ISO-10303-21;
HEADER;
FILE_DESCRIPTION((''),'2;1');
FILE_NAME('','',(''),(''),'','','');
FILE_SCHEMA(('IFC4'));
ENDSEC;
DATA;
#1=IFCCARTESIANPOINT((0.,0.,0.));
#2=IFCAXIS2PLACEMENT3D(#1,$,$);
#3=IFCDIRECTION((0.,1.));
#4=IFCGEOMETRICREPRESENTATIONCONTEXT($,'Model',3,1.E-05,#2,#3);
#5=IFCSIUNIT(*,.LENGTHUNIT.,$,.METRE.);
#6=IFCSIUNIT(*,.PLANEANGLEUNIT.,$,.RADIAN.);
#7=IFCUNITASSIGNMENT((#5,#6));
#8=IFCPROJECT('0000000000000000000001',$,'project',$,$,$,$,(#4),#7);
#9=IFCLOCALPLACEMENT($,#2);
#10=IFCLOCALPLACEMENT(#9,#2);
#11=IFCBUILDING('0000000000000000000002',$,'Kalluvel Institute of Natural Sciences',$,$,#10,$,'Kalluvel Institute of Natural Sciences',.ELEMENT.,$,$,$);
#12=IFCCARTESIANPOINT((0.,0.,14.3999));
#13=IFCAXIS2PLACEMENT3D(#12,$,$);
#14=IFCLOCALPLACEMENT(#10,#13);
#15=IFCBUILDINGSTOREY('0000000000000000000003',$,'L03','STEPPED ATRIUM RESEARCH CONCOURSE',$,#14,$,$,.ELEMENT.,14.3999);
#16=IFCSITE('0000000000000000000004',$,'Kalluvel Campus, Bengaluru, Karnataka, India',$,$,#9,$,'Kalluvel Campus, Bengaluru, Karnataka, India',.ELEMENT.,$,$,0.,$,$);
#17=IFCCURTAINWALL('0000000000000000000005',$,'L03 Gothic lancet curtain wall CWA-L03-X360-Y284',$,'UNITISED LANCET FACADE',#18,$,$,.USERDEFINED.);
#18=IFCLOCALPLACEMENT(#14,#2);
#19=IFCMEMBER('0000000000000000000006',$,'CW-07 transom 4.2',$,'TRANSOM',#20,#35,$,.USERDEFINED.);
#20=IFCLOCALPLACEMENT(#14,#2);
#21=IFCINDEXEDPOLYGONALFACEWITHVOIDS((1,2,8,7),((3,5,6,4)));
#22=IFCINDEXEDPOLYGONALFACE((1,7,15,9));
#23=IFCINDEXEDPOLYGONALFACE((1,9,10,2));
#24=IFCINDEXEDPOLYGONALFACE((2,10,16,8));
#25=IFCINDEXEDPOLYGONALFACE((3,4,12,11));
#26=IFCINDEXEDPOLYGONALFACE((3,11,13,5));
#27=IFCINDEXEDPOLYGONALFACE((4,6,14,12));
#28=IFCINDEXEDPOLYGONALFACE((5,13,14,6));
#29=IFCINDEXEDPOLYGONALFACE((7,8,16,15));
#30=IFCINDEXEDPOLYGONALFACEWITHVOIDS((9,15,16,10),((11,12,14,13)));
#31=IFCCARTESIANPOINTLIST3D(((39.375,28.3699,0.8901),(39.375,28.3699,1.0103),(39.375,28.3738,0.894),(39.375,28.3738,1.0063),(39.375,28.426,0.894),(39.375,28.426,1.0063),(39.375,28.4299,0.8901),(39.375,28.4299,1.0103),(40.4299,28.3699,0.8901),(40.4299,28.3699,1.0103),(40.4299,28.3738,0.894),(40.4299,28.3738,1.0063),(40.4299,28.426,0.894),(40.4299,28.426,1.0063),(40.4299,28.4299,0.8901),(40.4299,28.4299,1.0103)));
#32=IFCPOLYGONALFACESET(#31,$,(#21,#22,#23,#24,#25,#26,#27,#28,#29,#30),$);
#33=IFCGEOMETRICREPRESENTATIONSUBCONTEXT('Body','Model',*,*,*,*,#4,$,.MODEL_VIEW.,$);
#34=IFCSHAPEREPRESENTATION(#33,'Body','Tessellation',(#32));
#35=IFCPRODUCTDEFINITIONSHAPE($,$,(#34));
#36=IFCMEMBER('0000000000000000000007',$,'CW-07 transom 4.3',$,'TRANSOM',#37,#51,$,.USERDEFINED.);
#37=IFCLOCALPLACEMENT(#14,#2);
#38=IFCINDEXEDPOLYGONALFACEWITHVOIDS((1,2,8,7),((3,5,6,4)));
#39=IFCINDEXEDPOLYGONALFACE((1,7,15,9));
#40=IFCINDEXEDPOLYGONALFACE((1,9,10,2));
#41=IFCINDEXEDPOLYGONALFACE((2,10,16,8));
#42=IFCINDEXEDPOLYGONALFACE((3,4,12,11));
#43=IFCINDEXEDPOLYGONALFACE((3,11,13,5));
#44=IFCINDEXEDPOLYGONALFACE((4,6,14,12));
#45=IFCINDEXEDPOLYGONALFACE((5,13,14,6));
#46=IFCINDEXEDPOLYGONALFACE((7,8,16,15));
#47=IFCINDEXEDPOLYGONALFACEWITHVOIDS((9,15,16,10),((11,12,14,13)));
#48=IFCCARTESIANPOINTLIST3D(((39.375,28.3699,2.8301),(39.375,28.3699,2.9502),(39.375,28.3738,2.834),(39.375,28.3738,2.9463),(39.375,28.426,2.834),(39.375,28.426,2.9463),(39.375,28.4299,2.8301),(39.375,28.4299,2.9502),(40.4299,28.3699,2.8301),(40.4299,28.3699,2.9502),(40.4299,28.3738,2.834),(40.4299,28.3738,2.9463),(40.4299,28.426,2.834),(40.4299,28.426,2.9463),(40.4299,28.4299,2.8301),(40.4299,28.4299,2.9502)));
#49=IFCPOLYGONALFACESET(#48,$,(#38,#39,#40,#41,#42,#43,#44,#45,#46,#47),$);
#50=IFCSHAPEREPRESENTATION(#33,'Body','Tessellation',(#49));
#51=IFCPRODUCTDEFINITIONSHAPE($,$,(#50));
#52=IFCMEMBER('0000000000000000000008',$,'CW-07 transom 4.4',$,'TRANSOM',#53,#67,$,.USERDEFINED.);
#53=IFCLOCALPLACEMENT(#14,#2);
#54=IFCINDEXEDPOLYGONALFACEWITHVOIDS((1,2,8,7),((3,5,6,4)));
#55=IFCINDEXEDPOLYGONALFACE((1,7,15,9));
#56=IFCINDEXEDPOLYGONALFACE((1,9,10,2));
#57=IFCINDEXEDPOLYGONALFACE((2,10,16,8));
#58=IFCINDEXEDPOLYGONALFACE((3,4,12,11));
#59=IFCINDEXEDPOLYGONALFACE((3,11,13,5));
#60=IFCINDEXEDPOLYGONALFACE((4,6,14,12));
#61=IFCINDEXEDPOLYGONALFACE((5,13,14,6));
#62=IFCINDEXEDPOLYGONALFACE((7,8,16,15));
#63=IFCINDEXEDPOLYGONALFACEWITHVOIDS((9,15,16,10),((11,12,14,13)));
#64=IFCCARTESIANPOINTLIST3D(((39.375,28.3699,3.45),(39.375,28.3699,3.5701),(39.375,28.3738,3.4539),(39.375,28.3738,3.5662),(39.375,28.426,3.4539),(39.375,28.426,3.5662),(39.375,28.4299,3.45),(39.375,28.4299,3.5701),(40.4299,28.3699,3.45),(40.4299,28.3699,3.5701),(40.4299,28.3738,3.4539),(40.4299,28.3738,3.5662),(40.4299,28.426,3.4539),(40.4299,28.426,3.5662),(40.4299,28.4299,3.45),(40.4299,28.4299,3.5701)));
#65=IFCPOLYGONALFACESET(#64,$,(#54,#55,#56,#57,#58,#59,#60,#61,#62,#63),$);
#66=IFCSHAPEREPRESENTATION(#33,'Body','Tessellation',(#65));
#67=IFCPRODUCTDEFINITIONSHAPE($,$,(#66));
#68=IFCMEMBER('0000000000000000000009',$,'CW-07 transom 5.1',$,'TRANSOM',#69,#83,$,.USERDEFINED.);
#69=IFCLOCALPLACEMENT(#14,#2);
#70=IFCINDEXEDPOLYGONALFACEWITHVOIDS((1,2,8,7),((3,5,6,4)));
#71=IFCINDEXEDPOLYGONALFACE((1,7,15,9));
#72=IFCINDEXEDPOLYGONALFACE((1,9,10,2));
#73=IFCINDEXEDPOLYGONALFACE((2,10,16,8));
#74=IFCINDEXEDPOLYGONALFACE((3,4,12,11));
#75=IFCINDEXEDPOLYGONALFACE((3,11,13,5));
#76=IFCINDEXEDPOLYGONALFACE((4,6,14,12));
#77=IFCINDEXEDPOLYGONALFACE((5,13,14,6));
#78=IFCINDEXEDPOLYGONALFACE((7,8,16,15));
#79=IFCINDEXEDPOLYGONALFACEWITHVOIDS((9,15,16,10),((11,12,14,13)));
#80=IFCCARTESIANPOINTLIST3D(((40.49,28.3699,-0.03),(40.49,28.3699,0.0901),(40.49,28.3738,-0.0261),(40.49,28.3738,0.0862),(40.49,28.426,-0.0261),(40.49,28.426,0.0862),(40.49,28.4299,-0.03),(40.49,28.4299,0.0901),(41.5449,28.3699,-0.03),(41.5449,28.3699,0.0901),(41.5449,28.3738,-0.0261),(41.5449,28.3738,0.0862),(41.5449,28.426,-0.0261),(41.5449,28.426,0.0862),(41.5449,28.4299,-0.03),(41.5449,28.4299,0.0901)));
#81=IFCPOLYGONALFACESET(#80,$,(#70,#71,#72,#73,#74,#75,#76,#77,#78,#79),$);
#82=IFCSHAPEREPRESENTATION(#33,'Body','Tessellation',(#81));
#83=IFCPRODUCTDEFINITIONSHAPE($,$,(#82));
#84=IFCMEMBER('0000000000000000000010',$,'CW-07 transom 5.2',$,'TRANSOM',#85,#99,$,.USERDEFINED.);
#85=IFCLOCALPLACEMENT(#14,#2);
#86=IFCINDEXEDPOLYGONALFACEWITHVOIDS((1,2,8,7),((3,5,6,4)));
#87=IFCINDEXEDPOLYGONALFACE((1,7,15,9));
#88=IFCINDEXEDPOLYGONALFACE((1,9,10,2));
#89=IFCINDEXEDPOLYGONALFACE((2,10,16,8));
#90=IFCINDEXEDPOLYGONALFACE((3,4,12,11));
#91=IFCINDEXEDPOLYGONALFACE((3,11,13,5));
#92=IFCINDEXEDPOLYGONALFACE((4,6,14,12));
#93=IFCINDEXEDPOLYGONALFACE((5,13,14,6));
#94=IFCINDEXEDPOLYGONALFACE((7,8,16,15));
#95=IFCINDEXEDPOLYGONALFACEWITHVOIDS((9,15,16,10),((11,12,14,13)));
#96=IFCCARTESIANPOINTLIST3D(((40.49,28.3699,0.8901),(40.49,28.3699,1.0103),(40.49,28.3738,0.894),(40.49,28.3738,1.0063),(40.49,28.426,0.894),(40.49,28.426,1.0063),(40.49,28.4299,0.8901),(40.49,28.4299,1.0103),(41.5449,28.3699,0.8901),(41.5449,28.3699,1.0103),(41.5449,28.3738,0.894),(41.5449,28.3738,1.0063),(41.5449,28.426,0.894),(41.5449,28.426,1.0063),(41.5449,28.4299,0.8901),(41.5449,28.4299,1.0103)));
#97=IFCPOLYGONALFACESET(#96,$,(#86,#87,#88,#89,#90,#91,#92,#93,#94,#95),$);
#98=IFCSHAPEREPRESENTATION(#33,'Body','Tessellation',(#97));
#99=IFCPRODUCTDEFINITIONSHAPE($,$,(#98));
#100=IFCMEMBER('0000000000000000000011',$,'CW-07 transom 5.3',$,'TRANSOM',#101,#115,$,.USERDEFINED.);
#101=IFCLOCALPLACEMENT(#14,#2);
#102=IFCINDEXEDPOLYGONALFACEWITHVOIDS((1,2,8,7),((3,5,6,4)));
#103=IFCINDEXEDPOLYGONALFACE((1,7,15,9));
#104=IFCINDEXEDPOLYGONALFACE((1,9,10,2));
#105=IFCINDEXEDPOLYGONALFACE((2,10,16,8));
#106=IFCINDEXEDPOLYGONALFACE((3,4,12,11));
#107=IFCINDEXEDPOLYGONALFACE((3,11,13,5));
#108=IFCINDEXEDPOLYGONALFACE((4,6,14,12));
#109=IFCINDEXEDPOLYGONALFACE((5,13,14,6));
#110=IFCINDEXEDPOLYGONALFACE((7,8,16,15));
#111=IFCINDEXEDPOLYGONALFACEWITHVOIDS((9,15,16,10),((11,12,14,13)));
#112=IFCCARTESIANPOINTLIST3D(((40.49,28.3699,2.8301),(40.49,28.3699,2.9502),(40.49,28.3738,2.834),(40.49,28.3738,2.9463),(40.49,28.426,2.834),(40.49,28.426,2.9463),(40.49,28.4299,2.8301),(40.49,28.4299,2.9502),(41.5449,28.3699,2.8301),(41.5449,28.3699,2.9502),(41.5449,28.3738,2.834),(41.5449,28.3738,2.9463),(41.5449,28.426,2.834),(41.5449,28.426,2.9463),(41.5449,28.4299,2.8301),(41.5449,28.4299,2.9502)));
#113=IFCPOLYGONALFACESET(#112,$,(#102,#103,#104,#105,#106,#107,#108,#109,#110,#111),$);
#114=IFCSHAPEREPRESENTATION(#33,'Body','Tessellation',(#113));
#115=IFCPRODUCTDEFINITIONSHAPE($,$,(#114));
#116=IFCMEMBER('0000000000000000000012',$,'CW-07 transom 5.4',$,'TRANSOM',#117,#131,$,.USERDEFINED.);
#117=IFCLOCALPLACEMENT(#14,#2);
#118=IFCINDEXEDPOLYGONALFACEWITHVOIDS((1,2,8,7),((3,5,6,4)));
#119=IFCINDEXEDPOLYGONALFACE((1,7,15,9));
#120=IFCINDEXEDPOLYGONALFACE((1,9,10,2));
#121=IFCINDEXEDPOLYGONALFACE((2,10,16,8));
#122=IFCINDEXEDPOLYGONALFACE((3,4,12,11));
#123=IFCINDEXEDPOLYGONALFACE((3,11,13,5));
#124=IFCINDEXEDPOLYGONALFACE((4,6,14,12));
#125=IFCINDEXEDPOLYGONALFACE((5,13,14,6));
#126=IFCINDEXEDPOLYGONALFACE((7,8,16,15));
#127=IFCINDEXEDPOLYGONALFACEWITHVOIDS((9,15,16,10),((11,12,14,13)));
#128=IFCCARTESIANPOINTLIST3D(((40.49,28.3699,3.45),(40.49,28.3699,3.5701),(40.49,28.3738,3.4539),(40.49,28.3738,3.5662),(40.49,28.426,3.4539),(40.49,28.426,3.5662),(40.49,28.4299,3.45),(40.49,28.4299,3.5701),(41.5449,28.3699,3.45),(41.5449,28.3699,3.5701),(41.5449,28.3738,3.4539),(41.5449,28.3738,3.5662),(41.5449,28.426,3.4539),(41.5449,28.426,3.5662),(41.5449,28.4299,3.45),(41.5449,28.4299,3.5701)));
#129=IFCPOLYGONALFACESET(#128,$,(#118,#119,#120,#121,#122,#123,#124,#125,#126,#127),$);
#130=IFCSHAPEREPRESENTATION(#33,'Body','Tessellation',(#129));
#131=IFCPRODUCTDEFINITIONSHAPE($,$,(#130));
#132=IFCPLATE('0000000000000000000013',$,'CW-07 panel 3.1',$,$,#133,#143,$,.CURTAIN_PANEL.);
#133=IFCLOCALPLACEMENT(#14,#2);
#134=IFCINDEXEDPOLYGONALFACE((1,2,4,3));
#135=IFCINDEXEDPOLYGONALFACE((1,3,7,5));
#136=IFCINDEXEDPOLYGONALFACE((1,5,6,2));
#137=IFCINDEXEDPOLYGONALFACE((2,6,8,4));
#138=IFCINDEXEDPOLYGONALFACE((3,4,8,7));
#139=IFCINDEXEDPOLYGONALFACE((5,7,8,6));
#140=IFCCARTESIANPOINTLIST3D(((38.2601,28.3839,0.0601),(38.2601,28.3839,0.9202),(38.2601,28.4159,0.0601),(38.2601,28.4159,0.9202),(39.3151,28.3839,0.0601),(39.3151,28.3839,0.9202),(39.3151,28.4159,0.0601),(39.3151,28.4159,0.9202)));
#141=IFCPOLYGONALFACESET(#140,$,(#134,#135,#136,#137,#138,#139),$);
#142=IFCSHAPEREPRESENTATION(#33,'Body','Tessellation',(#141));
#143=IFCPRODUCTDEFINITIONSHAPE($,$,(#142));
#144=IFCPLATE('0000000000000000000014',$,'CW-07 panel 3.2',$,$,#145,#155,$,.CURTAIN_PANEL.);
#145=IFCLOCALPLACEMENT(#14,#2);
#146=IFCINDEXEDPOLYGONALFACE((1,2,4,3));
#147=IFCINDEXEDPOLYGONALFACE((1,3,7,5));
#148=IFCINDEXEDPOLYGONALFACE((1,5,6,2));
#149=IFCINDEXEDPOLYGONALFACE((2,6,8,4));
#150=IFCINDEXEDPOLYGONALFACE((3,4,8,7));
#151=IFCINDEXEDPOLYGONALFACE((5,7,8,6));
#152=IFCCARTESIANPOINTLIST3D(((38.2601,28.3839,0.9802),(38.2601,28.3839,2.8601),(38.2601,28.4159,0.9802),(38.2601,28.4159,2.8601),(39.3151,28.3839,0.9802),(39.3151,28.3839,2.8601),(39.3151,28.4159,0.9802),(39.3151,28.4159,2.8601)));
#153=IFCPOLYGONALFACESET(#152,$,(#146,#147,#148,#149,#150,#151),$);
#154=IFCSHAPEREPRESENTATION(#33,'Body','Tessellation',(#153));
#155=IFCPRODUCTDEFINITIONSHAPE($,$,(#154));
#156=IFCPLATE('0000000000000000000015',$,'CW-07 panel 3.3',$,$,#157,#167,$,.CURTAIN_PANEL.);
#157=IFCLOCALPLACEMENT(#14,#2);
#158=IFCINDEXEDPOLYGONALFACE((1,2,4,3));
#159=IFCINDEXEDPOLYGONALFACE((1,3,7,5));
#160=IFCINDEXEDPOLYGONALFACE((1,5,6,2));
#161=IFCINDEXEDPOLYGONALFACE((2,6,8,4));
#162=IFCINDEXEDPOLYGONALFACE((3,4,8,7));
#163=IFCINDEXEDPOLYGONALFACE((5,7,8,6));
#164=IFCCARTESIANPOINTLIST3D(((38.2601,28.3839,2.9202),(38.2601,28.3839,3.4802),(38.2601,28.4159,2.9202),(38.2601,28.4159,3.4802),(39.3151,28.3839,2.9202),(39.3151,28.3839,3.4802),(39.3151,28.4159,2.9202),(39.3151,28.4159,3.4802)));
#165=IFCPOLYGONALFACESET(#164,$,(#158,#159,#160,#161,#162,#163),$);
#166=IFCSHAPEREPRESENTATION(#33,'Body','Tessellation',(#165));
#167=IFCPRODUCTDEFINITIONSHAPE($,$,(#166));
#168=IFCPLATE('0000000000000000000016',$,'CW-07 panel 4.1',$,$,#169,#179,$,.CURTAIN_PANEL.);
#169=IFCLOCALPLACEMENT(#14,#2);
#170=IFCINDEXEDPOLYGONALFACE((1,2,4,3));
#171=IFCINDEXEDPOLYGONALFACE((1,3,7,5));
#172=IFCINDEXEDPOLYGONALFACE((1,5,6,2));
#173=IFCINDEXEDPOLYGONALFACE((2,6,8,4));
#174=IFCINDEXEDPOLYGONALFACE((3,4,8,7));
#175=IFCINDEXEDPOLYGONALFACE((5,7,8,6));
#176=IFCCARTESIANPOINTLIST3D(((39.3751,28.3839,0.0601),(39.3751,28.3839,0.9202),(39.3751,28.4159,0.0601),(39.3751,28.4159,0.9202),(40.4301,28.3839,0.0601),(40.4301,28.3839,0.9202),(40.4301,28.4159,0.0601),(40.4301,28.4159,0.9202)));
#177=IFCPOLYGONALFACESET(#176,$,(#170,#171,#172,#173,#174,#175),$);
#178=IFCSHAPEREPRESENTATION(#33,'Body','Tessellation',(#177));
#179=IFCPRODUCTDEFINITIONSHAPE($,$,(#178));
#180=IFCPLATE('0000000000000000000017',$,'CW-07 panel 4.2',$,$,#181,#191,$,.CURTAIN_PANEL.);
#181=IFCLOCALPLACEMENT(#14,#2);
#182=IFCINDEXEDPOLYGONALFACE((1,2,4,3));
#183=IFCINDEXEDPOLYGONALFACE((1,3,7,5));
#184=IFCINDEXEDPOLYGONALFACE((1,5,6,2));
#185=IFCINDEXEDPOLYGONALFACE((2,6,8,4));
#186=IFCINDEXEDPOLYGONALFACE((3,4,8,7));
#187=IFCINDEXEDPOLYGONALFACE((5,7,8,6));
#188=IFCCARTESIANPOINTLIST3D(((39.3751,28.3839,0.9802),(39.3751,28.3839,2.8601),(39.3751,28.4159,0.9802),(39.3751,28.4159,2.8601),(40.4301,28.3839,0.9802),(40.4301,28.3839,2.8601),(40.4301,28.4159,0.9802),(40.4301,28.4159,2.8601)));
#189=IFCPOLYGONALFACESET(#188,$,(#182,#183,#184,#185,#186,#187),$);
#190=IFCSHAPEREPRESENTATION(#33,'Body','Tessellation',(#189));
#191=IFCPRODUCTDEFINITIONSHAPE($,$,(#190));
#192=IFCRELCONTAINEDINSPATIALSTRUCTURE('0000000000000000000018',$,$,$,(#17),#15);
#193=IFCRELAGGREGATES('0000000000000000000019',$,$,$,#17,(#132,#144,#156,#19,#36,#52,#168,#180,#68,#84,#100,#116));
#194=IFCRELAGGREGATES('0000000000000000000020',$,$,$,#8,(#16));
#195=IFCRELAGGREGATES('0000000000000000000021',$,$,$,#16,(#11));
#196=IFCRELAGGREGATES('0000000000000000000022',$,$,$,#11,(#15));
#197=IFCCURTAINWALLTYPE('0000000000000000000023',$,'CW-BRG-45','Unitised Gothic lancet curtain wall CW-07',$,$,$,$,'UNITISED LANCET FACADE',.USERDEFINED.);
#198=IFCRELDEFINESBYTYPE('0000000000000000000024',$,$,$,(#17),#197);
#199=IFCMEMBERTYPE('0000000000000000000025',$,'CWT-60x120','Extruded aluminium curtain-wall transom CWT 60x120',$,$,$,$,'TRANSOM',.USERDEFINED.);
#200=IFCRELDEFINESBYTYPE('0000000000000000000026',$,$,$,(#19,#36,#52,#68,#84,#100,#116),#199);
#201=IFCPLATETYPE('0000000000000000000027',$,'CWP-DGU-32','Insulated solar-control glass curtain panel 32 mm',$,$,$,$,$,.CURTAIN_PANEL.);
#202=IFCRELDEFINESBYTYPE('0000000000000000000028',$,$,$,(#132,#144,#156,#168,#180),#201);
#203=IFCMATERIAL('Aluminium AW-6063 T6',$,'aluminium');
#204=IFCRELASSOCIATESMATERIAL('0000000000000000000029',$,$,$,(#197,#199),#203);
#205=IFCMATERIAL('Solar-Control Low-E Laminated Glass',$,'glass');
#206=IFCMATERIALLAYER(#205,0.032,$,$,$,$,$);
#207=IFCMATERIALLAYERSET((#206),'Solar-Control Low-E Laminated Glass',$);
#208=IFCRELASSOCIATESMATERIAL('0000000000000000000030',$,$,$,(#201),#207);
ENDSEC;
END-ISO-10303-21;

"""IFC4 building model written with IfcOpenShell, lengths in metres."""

from ifc_helpers import new_model, si_unit, direction, frame, origin, origin_2d, place, context, subcontext, project, spatial, rectangle, hollow_rectangle, extrude, material, layer, layer_set, material_profile, profile_set, type_object, element, aggregate, save


model = new_model("IFC4")

# Units and contexts
model_context = context("Model", 3, precision=1e-05, world=origin(), true_north=direction((0.0, 1.0)))
body_context = subcontext(model_context, "Body", "Model", "MODEL_VIEW")
ifc_project = project(units=[si_unit("LENGTHUNIT", "METRE"), si_unit("PLANEANGLEUNIT", "RADIAN")], contexts=[model_context])

# Site, building, storey
site_placement = place(None, origin())
site = spatial("IfcSite", under=ifc_project, at=site_placement, Name="Kalluvel Campus, Bengaluru, Karnataka, India", LongName="Kalluvel Campus, Bengaluru, Karnataka, India", CompositionType="ELEMENT", RefElevation=0.0)
building_placement = place(site_placement, origin())
building = spatial("IfcBuilding", under=site, at=building_placement, Name="Kalluvel Institute of Natural Sciences", LongName="Kalluvel Institute of Natural Sciences", CompositionType="ELEMENT")
storey_placement = place(building_placement, frame((0.0, 0.0, 14.3999)))
storey = spatial("IfcBuildingStorey", under=building, at=storey_placement, Name="L03", Description="STEPPED ATRIUM RESEARCH CONCOURSE", CompositionType="ELEMENT", Elevation=14.3999)

# Curtain wall, members, plates
ifc_material_1 = material(Name="Aluminium AW-6063 T6", Category="aluminium")
curtain_wall_type = type_object("IfcCurtainWallType", Name="CW-BRG-45", Description="Unitised Gothic lancet curtain wall CW-07", ElementType="UNITISED LANCET FACADE", PredefinedType="USERDEFINED", material=ifc_material_1)
curtain_wall_placement = place(storey_placement, origin())
curtain_wall = element("IfcCurtainWall", 1, at=curtain_wall_placement, inside=storey, type_object=curtain_wall_type, Name="L03 Gothic lancet curtain wall CWA-L03-X360-Y284", ObjectType="UNITISED LANCET FACADE", PredefinedType="USERDEFINED")
ifc_material_profile_1 = material_profile(ifc_material_1, hollow_rectangle(XDim=0.0601, YDim=0.1201, WallThickness=0.0039, at=origin_2d()), Name="CWT 60x120")
ifc_profile_set_1 = profile_set([ifc_material_profile_1], Name="Aluminium AW-6063 T6")
member_type_1 = type_object("IfcMemberType", Name="CWT-60x120", Description="Extruded aluminium curtain-wall transom CWT 60x120", ElementType="TRANSOM", PredefinedType="USERDEFINED", material=ifc_profile_set_1)
member_1_placement = place(storey_placement, frame((39.375, 28.3999, 0.9502), z_axis=(1.0, 0.0, 0.0), x_axis=(0.0, 1.0, 0.0)))
member_1 = element("IfcMember", 2, at=member_1_placement, type_object=member_type_1, Name="CW-07 transom 4.2", ObjectType="TRANSOM", PredefinedType="USERDEFINED", context=body_context, shape_type="SweptSolid", body=[
    extrude(hollow_rectangle(XDim=0.0601, YDim=0.1201, WallThickness=0.0039, at=origin_2d()), origin(), (0.0, 0.0, 1.0), 1.0549),
])
member_2_placement = place(storey_placement, frame((39.375, 28.3999, 2.8901), z_axis=(1.0, 0.0, 0.0), x_axis=(0.0, 1.0, 0.0)))
member_2 = element("IfcMember", 3, at=member_2_placement, type_object=member_type_1, Name="CW-07 transom 4.3", ObjectType="TRANSOM", PredefinedType="USERDEFINED", context=body_context, shape_type="SweptSolid", body=[
    extrude(hollow_rectangle(XDim=0.0601, YDim=0.1201, WallThickness=0.0039, at=origin_2d()), origin(), (0.0, 0.0, 1.0), 1.0549),
])
member_3_placement = place(storey_placement, frame((39.375, 28.3999, 3.51), z_axis=(1.0, 0.0, 0.0), x_axis=(0.0, 1.0, 0.0)))
member_3 = element("IfcMember", 4, at=member_3_placement, type_object=member_type_1, Name="CW-07 transom 4.4", ObjectType="TRANSOM", PredefinedType="USERDEFINED", context=body_context, shape_type="SweptSolid", body=[
    extrude(hollow_rectangle(XDim=0.0601, YDim=0.1201, WallThickness=0.0039, at=origin_2d()), origin(), (0.0, 0.0, 1.0), 1.0549),
])
member_4_placement = place(storey_placement, frame((40.49, 28.3999, 0.03), z_axis=(1.0, 0.0, 0.0), x_axis=(0.0, 1.0, 0.0)))
member_4 = element("IfcMember", 5, at=member_4_placement, type_object=member_type_1, Name="CW-07 transom 5.1", ObjectType="TRANSOM", PredefinedType="USERDEFINED", context=body_context, shape_type="SweptSolid", body=[
    extrude(hollow_rectangle(XDim=0.0601, YDim=0.1201, WallThickness=0.0039, at=origin_2d()), origin(), (0.0, 0.0, 1.0), 1.0549),
])
member_5_placement = place(storey_placement, frame((40.49, 28.3999, 0.9502), z_axis=(1.0, 0.0, 0.0), x_axis=(0.0, 1.0, 0.0)))
member_5 = element("IfcMember", 6, at=member_5_placement, type_object=member_type_1, Name="CW-07 transom 5.2", ObjectType="TRANSOM", PredefinedType="USERDEFINED", context=body_context, shape_type="SweptSolid", body=[
    extrude(hollow_rectangle(XDim=0.0601, YDim=0.1201, WallThickness=0.0039, at=origin_2d()), origin(), (0.0, 0.0, 1.0), 1.0549),
])
member_6_placement = place(storey_placement, frame((40.49, 28.3999, 2.8901), z_axis=(1.0, 0.0, 0.0), x_axis=(0.0, 1.0, 0.0)))
member_6 = element("IfcMember", 7, at=member_6_placement, type_object=member_type_1, Name="CW-07 transom 5.3", ObjectType="TRANSOM", PredefinedType="USERDEFINED", context=body_context, shape_type="SweptSolid", body=[
    extrude(hollow_rectangle(XDim=0.0601, YDim=0.1201, WallThickness=0.0039, at=origin_2d()), origin(), (0.0, 0.0, 1.0), 1.0549),
])
member_7_placement = place(storey_placement, frame((40.49, 28.3999, 3.51), z_axis=(1.0, 0.0, 0.0), x_axis=(0.0, 1.0, 0.0)))
member_7 = element("IfcMember", 8, at=member_7_placement, type_object=member_type_1, Name="CW-07 transom 5.4", ObjectType="TRANSOM", PredefinedType="USERDEFINED", context=body_context, shape_type="SweptSolid", body=[
    extrude(hollow_rectangle(XDim=0.0601, YDim=0.1201, WallThickness=0.0039, at=origin_2d()), origin(), (0.0, 0.0, 1.0), 1.0549),
])
ifc_material_2 = material(Name="Solar-Control Low-E Laminated Glass", Category="glass")
ifc_layer_1 = layer(ifc_material_2, 0.032)
ifc_layer_set_1 = layer_set([ifc_layer_1], Name="Solar-Control Low-E Laminated Glass")
plate_type_1 = type_object("IfcPlateType", Name="CWP-DGU-32", Description="Insulated solar-control glass curtain panel 32 mm", PredefinedType="CURTAIN_PANEL", material=ifc_layer_set_1)
plate_1_placement = place(storey_placement, frame((38.7876, 28.3999, 0.0601), z_axis=(0.0, 0.0, 1.0), x_axis=(1.0, 0.0, 0.0)))
plate_1 = element("IfcPlate", 9, at=plate_1_placement, type_object=plate_type_1, Name="CW-07 panel 3.1", PredefinedType="CURTAIN_PANEL", context=body_context, shape_type="SweptSolid", body=[
    extrude(rectangle(XDim=1.0549, YDim=0.032, at=origin_2d()), origin(), (0.0, 0.0, 1.0), 0.8601),
])
plate_2_placement = place(storey_placement, frame((38.7876, 28.3999, 0.9802), z_axis=(0.0, 0.0, 1.0), x_axis=(1.0, 0.0, 0.0)))
plate_2 = element("IfcPlate", 10, at=plate_2_placement, type_object=plate_type_1, Name="CW-07 panel 3.2", PredefinedType="CURTAIN_PANEL", context=body_context, shape_type="SweptSolid", body=[
    extrude(rectangle(XDim=1.0549, YDim=0.032, at=origin_2d()), origin(), (0.0, 0.0, 1.0), 1.8799),
])
plate_3_placement = place(storey_placement, frame((38.7876, 28.3999, 2.9202), z_axis=(0.0, 0.0, 1.0), x_axis=(1.0, 0.0, 0.0)))
plate_3 = element("IfcPlate", 11, at=plate_3_placement, type_object=plate_type_1, Name="CW-07 panel 3.3", PredefinedType="CURTAIN_PANEL", context=body_context, shape_type="SweptSolid", body=[
    extrude(rectangle(XDim=1.0549, YDim=0.032, at=origin_2d()), origin(), (0.0, 0.0, 1.0), 0.5601),
])
plate_4_placement = place(storey_placement, frame((39.9026, 28.3999, 0.0601), z_axis=(0.0, 0.0, 1.0), x_axis=(1.0, 0.0, 0.0)))
plate_4 = element("IfcPlate", 12, at=plate_4_placement, type_object=plate_type_1, Name="CW-07 panel 4.1", PredefinedType="CURTAIN_PANEL", context=body_context, shape_type="SweptSolid", body=[
    extrude(rectangle(XDim=1.0549, YDim=0.032, at=origin_2d()), origin(), (0.0, 0.0, 1.0), 0.8601),
])
plate_5_placement = place(storey_placement, frame((39.9026, 28.3999, 0.9802), z_axis=(0.0, 0.0, 1.0), x_axis=(1.0, 0.0, 0.0)))
plate_5 = element("IfcPlate", 13, at=plate_5_placement, type_object=plate_type_1, Name="CW-07 panel 4.2", PredefinedType="CURTAIN_PANEL", context=body_context, shape_type="SweptSolid", body=[
    extrude(rectangle(XDim=1.0549, YDim=0.032, at=origin_2d()), origin(), (0.0, 0.0, 1.0), 1.8799),
])
aggregate(curtain_wall, [plate_1, plate_2, plate_3, member_1, member_2, member_3, plate_4, plate_5, member_4, member_5, member_6, member_7])

save(model, "model.ifc")
